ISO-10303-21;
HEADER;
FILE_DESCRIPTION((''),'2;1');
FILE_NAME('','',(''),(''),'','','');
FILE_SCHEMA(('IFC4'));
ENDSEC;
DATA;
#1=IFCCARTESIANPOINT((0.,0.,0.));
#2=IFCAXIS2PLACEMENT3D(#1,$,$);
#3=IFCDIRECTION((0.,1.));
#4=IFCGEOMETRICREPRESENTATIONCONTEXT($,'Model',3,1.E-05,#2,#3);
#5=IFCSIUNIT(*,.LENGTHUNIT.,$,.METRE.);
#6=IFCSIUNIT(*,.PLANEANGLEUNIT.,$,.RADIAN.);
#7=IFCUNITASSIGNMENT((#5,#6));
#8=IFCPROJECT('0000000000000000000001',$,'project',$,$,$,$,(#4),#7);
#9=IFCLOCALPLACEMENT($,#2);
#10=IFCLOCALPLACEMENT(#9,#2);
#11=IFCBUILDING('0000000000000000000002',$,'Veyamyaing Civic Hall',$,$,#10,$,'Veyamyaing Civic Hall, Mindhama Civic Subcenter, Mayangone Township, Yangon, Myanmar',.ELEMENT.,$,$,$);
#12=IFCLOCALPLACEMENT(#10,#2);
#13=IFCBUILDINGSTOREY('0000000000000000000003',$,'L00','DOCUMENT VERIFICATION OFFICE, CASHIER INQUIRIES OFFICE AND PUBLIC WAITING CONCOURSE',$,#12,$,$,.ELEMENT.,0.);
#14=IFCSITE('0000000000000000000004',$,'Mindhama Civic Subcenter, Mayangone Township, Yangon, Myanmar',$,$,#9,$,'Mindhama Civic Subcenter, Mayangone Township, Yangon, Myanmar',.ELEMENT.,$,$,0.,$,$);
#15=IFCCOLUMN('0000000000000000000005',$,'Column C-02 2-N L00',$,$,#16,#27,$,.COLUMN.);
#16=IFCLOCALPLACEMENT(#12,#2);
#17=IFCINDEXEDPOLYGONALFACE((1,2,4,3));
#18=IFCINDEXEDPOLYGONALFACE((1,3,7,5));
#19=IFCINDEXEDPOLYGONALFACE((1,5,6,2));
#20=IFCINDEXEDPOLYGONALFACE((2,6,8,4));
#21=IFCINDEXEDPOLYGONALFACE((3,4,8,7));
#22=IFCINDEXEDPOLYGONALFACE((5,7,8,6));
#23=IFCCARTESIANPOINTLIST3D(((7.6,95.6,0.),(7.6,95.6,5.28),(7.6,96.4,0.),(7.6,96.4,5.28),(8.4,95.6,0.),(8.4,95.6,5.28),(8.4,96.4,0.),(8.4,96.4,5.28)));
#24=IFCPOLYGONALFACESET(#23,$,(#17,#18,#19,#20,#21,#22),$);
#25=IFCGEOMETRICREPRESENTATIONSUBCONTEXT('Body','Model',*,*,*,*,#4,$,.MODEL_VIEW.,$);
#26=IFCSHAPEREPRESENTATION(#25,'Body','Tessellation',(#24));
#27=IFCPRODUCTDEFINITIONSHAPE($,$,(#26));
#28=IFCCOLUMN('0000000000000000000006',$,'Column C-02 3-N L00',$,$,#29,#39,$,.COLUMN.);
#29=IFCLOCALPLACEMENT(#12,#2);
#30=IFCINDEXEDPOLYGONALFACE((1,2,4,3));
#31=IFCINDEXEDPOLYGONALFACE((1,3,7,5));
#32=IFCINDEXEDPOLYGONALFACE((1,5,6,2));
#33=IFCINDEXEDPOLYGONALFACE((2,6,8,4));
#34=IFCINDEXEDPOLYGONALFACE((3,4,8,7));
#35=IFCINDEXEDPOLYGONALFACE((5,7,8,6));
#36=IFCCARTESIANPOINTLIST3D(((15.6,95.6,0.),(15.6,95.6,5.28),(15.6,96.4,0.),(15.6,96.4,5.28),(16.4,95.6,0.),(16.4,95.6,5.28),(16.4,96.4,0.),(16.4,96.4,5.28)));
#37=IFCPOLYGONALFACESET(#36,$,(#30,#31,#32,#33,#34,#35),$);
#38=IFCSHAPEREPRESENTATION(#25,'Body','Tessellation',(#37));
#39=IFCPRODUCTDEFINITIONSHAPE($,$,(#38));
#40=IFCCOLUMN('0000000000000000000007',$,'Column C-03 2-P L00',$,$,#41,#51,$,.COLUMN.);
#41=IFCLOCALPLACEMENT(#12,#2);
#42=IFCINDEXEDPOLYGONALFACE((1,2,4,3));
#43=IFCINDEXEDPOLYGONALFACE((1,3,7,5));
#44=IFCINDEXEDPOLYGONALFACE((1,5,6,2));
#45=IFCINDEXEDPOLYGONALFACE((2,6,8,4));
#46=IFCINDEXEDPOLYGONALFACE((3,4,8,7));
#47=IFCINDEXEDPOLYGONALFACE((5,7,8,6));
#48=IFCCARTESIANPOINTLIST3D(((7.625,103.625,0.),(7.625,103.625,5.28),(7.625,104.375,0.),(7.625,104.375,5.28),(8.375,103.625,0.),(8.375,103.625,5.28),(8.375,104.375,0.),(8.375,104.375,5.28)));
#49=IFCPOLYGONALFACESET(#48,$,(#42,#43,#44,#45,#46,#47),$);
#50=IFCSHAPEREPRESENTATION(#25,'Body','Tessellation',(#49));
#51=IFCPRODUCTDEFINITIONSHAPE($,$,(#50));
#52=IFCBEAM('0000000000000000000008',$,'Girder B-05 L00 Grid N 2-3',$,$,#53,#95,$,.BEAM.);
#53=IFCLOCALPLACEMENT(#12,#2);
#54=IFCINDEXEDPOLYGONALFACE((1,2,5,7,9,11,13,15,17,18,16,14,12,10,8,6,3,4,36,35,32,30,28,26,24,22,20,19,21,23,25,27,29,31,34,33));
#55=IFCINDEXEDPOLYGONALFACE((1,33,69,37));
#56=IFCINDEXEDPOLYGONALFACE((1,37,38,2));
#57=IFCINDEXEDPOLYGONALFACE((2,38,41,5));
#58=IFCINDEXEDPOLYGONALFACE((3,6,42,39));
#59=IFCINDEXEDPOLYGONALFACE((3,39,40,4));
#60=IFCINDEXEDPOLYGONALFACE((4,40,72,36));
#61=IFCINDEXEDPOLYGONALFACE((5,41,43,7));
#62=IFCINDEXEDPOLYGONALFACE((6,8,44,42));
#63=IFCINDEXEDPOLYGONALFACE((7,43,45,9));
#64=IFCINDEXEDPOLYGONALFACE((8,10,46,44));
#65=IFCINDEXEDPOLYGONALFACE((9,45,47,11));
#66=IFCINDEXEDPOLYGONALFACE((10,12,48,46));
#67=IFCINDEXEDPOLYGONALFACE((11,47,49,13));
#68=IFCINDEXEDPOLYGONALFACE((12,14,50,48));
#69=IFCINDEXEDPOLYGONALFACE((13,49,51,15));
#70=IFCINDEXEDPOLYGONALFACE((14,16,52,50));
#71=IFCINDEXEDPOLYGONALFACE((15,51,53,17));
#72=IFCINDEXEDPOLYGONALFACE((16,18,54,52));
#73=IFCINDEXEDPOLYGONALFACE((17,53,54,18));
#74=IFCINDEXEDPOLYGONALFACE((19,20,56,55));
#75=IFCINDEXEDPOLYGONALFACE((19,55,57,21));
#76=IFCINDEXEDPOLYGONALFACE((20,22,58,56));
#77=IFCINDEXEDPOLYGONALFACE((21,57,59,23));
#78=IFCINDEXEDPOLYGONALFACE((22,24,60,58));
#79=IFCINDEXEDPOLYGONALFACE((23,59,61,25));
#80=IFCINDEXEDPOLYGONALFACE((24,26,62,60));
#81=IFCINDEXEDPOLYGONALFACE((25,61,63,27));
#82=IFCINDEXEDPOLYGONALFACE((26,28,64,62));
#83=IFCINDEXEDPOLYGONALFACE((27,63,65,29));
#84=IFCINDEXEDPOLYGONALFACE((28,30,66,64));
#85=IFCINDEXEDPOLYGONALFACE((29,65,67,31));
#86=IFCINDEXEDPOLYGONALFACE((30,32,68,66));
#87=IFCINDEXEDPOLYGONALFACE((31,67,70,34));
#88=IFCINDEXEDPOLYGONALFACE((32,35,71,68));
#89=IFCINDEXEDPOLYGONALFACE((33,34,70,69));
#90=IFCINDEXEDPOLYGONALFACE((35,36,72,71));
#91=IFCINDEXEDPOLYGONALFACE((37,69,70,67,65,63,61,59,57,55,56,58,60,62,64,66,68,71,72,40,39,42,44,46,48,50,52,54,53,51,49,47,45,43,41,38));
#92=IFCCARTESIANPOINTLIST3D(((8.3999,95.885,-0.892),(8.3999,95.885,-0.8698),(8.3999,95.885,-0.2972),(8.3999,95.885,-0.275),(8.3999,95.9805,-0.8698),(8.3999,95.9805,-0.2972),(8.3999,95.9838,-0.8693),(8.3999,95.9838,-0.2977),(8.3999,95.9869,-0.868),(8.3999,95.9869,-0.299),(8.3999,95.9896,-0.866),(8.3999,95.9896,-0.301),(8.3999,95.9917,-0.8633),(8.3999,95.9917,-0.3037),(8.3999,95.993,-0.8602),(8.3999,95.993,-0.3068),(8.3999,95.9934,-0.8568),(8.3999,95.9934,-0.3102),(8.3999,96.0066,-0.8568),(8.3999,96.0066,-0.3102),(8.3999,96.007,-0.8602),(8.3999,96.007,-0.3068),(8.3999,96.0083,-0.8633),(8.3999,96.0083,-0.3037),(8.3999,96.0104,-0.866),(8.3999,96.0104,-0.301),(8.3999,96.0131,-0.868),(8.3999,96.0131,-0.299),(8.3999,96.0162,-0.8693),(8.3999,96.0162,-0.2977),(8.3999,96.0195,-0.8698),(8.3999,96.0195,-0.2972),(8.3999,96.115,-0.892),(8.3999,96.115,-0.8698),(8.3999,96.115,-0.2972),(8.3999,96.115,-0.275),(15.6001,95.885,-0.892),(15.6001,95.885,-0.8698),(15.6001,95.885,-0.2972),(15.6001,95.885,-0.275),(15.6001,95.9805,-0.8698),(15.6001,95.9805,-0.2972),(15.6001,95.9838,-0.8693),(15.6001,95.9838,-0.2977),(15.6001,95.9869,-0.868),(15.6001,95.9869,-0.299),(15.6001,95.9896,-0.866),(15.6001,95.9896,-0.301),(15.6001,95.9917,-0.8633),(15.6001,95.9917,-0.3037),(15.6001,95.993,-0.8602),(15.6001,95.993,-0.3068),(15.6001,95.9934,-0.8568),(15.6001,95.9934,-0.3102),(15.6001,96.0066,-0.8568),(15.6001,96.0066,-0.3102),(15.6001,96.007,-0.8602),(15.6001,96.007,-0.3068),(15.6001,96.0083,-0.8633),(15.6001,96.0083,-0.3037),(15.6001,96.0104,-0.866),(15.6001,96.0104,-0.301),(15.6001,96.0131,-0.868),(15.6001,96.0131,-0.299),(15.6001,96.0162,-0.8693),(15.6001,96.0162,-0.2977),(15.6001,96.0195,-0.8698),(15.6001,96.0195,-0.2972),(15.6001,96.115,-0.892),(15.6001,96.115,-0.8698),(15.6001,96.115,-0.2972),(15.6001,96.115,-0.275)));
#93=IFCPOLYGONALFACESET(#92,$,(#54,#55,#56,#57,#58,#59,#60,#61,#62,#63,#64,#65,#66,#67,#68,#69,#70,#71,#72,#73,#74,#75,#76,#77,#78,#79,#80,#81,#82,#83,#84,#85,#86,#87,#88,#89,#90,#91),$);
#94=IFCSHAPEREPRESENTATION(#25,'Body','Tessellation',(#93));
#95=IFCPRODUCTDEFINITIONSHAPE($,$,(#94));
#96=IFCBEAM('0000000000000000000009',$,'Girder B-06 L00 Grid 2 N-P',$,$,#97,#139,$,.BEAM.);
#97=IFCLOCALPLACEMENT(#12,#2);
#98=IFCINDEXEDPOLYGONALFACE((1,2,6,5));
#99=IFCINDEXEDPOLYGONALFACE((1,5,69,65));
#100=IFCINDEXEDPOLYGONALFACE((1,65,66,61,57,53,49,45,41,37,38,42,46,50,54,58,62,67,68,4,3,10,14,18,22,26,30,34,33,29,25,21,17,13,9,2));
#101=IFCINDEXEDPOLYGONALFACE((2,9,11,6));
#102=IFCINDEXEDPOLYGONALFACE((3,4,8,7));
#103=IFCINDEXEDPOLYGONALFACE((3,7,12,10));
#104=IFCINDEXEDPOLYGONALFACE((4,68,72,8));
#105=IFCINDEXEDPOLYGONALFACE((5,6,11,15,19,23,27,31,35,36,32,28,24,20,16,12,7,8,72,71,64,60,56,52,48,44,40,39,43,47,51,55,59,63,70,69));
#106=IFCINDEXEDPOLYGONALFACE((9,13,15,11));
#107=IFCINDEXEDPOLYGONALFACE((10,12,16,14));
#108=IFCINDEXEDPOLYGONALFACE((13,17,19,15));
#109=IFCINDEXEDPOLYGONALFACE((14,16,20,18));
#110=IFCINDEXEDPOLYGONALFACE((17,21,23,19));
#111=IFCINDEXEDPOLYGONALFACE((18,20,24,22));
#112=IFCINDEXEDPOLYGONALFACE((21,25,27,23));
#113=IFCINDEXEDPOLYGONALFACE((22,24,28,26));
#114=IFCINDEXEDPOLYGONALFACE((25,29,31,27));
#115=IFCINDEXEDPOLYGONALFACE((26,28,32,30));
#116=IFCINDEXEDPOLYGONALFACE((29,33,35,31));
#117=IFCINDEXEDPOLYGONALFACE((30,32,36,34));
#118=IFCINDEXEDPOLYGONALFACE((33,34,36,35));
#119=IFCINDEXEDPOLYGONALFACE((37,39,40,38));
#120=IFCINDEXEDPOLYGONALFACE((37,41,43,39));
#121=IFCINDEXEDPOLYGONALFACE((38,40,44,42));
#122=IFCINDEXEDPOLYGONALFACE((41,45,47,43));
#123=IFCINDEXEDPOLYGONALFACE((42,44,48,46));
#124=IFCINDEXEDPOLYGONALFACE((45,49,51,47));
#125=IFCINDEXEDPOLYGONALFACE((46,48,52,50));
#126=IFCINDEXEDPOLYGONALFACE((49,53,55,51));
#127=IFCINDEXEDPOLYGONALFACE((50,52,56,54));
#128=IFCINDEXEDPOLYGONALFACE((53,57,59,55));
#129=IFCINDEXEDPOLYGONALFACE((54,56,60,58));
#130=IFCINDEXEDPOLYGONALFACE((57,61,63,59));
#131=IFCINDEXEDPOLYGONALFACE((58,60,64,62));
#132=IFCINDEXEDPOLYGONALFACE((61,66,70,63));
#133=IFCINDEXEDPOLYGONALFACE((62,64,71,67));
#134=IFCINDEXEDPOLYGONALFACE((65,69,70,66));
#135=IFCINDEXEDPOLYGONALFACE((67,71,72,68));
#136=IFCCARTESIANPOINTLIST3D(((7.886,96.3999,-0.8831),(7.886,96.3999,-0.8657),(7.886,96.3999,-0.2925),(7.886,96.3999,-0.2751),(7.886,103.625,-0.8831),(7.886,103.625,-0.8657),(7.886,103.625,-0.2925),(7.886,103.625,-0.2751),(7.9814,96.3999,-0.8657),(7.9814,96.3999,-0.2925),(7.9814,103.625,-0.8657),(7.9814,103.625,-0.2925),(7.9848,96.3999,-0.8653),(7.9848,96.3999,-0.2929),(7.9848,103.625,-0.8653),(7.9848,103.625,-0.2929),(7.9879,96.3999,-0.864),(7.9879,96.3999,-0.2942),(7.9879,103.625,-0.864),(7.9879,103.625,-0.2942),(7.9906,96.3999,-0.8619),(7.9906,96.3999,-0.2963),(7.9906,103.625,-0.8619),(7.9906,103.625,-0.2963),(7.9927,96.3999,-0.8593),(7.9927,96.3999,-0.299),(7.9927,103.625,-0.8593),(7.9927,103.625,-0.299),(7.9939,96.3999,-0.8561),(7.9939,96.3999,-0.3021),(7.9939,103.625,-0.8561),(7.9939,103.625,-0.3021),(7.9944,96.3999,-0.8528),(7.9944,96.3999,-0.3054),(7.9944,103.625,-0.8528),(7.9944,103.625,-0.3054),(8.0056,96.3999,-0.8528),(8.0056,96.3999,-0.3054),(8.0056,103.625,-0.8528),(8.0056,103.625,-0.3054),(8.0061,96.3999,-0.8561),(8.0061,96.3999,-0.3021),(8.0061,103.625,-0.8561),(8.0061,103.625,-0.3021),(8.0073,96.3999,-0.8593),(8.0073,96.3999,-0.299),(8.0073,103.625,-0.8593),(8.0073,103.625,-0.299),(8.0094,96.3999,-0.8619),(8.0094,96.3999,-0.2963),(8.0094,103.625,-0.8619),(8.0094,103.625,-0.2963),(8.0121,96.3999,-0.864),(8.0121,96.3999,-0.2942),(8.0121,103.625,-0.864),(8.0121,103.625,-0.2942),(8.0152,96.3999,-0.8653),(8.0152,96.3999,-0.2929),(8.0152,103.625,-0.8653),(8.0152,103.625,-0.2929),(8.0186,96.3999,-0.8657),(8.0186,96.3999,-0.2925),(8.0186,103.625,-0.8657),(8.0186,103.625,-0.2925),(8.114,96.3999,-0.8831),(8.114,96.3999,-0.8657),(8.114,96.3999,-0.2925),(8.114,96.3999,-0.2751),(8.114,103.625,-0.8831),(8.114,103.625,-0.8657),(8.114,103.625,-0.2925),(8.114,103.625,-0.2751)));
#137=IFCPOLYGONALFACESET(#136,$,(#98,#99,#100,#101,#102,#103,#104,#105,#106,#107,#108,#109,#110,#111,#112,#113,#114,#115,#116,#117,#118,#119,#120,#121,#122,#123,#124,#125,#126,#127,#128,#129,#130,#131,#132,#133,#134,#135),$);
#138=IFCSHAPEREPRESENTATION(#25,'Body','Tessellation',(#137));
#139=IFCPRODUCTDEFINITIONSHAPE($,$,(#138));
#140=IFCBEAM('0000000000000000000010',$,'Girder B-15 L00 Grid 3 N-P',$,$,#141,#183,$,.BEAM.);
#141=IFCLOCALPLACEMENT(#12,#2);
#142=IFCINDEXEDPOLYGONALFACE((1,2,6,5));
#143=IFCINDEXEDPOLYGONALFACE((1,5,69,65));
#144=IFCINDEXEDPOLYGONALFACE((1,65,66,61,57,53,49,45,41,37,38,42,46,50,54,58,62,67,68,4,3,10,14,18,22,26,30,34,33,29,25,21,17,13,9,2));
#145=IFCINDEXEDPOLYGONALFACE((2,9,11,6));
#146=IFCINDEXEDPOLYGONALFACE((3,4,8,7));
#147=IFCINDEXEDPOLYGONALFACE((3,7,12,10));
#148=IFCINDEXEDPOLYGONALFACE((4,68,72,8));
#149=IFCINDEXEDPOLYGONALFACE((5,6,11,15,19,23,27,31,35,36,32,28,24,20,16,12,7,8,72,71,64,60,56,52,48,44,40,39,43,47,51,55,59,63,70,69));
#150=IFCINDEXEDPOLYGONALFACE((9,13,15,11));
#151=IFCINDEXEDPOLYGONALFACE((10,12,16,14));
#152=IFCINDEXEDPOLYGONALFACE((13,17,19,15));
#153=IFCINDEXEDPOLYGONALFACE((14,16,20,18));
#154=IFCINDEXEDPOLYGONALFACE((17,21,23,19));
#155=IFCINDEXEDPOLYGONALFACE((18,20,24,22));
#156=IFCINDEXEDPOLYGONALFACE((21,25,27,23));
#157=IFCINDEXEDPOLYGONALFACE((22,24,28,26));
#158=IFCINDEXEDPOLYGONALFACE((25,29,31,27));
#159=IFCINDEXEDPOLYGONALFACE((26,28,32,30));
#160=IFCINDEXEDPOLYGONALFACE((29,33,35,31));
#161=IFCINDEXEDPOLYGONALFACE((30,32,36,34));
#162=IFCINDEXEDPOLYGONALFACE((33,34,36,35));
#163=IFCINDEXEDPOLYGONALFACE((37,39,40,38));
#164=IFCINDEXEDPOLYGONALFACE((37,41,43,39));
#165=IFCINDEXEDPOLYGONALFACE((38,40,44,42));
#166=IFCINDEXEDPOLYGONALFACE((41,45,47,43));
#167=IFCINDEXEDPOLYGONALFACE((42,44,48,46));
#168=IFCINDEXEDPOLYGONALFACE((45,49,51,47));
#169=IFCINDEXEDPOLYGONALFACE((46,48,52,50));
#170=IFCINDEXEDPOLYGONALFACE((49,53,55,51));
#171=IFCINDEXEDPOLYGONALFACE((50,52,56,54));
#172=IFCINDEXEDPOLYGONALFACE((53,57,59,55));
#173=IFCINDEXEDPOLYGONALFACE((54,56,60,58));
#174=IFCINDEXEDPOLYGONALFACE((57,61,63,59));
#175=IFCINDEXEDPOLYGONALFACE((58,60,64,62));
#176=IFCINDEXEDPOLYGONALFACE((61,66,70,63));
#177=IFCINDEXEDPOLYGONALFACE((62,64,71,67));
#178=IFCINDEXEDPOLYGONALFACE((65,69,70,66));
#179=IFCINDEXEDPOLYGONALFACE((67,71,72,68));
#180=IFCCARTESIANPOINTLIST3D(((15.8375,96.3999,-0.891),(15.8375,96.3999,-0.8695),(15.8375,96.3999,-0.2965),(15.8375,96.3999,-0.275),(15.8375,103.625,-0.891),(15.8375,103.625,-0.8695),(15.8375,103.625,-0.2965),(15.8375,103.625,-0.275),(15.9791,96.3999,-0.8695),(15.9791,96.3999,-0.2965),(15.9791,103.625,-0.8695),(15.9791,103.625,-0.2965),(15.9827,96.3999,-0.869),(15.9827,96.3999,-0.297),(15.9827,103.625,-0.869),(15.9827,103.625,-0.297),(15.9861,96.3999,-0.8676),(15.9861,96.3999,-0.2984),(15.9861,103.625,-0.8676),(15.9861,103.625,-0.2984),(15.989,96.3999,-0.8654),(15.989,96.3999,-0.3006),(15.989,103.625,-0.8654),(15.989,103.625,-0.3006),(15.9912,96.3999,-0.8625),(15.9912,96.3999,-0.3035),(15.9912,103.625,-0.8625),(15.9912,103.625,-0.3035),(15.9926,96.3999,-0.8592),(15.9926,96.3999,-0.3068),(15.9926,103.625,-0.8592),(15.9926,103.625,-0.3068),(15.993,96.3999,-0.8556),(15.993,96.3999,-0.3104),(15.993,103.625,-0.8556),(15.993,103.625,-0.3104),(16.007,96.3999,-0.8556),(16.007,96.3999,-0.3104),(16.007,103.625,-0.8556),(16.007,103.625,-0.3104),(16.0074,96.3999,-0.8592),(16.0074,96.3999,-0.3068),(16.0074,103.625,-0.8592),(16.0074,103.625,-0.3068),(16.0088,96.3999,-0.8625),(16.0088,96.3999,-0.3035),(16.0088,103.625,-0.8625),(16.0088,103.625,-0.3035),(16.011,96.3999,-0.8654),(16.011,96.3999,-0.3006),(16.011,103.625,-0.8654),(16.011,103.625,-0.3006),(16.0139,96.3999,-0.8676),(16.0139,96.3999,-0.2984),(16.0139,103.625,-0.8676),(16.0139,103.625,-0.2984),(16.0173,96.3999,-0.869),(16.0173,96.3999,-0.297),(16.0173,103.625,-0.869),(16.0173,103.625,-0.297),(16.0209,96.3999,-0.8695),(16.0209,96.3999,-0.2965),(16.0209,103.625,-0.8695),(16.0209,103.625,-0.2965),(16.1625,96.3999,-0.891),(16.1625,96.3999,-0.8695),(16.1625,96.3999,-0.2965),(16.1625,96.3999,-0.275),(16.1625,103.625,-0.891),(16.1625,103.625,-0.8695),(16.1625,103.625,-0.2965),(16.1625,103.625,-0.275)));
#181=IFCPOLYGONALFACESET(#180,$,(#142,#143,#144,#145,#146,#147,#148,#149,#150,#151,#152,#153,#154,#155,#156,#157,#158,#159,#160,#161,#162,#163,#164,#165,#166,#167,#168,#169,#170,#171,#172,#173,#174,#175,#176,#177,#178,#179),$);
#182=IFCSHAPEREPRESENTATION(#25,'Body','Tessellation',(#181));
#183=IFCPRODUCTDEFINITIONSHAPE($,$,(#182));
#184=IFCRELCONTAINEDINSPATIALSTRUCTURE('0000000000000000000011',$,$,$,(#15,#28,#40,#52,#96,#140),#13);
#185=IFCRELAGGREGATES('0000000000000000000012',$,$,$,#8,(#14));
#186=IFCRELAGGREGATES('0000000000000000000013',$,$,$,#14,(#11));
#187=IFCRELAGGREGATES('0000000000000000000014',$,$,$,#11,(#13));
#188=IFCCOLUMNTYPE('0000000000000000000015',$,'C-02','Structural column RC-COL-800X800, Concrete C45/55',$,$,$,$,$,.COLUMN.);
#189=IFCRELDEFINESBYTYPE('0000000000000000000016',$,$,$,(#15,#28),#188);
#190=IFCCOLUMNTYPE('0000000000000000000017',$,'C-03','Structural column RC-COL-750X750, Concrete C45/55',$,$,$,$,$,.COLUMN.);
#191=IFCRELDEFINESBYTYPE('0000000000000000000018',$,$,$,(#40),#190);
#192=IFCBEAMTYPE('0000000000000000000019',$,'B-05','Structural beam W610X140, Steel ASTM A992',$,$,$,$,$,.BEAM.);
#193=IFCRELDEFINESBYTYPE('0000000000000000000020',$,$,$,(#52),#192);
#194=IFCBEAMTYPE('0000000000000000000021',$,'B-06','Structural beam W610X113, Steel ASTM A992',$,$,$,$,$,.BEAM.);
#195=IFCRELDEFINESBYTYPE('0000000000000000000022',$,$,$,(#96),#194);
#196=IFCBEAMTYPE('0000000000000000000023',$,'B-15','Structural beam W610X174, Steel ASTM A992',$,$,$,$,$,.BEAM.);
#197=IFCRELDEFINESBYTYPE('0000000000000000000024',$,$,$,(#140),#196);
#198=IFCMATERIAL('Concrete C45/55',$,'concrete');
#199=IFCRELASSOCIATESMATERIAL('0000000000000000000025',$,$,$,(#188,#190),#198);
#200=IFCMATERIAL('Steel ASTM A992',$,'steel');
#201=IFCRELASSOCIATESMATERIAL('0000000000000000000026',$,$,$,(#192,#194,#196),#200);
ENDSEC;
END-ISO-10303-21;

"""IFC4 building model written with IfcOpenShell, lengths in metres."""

from ifc_helpers import new_model, si_unit, direction, frame, origin, origin_2d, place, context, subcontext, project, spatial, rectangle, i_section, extrude, material, material_profile, profile_set, type_object, element, save


model = new_model("IFC4")

# Units and contexts
model_context = context("Model", 3, precision=1e-05, world=origin(), true_north=direction((0.0, 1.0)))
body_context = subcontext(model_context, "Body", "Model", "MODEL_VIEW")
ifc_project = project(units=[si_unit("LENGTHUNIT", "METRE"), si_unit("PLANEANGLEUNIT", "RADIAN")], contexts=[model_context])

# Site, building, storey
site_placement = place(None, origin())
site = spatial("IfcSite", under=ifc_project, at=site_placement, Name="Mindhama Civic Subcenter, Mayangone Township, Yangon, Myanmar", LongName="Mindhama Civic Subcenter, Mayangone Township, Yangon, Myanmar", CompositionType="ELEMENT", RefElevation=0.0)
building_placement = place(site_placement, origin())
building = spatial("IfcBuilding", under=site, at=building_placement, Name="Veyamyaing Civic Hall", LongName="Veyamyaing Civic Hall, Mindhama Civic Subcenter, Mayangone Township, Yangon, Myanmar", CompositionType="ELEMENT")
storey_placement = place(building_placement, origin())
storey = spatial("IfcBuildingStorey", under=building, at=storey_placement, Name="L00", Description="DOCUMENT VERIFICATION OFFICE, CASHIER INQUIRIES OFFICE AND PUBLIC WAITING CONCOURSE", CompositionType="ELEMENT", Elevation=0.0)

# Columns
ifc_material_1 = material(Name="Concrete C45/55", Category="concrete")
ifc_material_profile_1 = material_profile(ifc_material_1, rectangle(XDim=0.8, YDim=0.8, at=origin_2d()), Name="RC-COL-800X800")
ifc_profile_set_1 = profile_set([ifc_material_profile_1], Name="Concrete C45/55")
column_type_1 = type_object("IfcColumnType", Name="C-02", Description="Structural column RC-COL-800X800, Concrete C45/55", PredefinedType="COLUMN", material=ifc_profile_set_1)
for number, where, z_axis, x_axis, name in (
    (1, (8.0, 96.0, 0.0), (0.0, 0.0, 1.0), (1.0, 0.0, 0.0), "Column C-02 2-N L00"),
    (2, (16.0, 96.0, 0.0), (0.0, 0.0, 1.0), (1.0, 0.0, 0.0), "Column C-02 3-N L00"),
):
    element("IfcColumn", number, at=place(storey_placement, frame(where, z_axis=z_axis, x_axis=x_axis)), inside=storey, type_object=column_type_1, Name=name, PredefinedType="COLUMN", context=body_context, shape_type="SweptSolid", body=[
        extrude(rectangle(XDim=0.8, YDim=0.8, at=origin_2d()), origin(), (0.0, 0.0, 1.0), 5.28),
    ])
ifc_material_profile_2 = material_profile(ifc_material_1, rectangle(XDim=0.75, YDim=0.75, at=origin_2d()), Name="RC-COL-750X750")
ifc_profile_set_2 = profile_set([ifc_material_profile_2], Name="Concrete C45/55")
column_type_2 = type_object("IfcColumnType", Name="C-03", Description="Structural column RC-COL-750X750, Concrete C45/55", PredefinedType="COLUMN", material=ifc_profile_set_2)
column_placement = place(storey_placement, frame((8.0, 104.0, 0.0), z_axis=(0.0, 0.0, 1.0), x_axis=(1.0, 0.0, 0.0)))
element("IfcColumn", 3, at=column_placement, inside=storey, type_object=column_type_2, Name="Column C-03 2-P L00", PredefinedType="COLUMN", context=body_context, shape_type="SweptSolid", body=[
    extrude(rectangle(XDim=0.75, YDim=0.75, at=origin_2d()), origin(), (0.0, 0.0, 1.0), 5.28),
])

# Beams
ifc_material_2 = material(Name="Steel ASTM A992", Category="steel")
ifc_material_profile_3 = material_profile(ifc_material_2, i_section(OverallWidth=0.23, OverallDepth=0.6169, WebThickness=0.0132, FlangeThickness=0.0222, FilletRadius=0.0129, at=origin_2d()), Name="W610X140")
ifc_profile_set_3 = profile_set([ifc_material_profile_3], Name="Steel ASTM A992")
beam_type_1 = type_object("IfcBeamType", Name="B-05", Description="Structural beam W610X140, Steel ASTM A992", PredefinedType="BEAM", material=ifc_profile_set_3)
beam_1_placement = place(storey_placement, frame((8.3999, 96.0, -0.5835), z_axis=(1.0, 0.0, 0.0), x_axis=(0.0, 1.0, 0.0)))
element("IfcBeam", 4, at=beam_1_placement, inside=storey, type_object=beam_type_1, Name="Girder B-05 L00 Grid N 2-3", PredefinedType="BEAM", context=body_context, shape_type="SweptSolid", body=[
    extrude(i_section(OverallWidth=0.23, OverallDepth=0.6169, WebThickness=0.0132, FlangeThickness=0.0222, FilletRadius=0.0129, at=origin_2d()), origin(), (0.0, 0.0, 1.0), 7.2002),
])
ifc_material_profile_4 = material_profile(ifc_material_2, i_section(OverallWidth=0.228, OverallDepth=0.6079, WebThickness=0.0112, FlangeThickness=0.0173, FilletRadius=0.0129, at=origin_2d()), Name="W610X113")
ifc_profile_set_4 = profile_set([ifc_material_profile_4], Name="Steel ASTM A992")
beam_type_2 = type_object("IfcBeamType", Name="B-06", Description="Structural beam W610X113, Steel ASTM A992", PredefinedType="BEAM", material=ifc_profile_set_4)
beam_2_placement = place(storey_placement, frame((8.0, 96.3999, -0.5791), z_axis=(0.0, 1.0, 0.0), x_axis=(-1.0, 0.0, 0.0)))
element("IfcBeam", 5, at=beam_2_placement, inside=storey, type_object=beam_type_2, Name="Girder B-06 L00 Grid 2 N-P", PredefinedType="BEAM", context=body_context, shape_type="SweptSolid", body=[
    extrude(i_section(OverallWidth=0.228, OverallDepth=0.6079, WebThickness=0.0112, FlangeThickness=0.0173, FilletRadius=0.0129, at=origin_2d()), origin(), (0.0, 0.0, 1.0), 7.2251),
])
ifc_material_profile_5 = material_profile(ifc_material_2, i_section(OverallWidth=0.325, OverallDepth=0.616, WebThickness=0.0139, FlangeThickness=0.0215, FilletRadius=0.0139, at=origin_2d()), Name="W610X174")
ifc_profile_set_5 = profile_set([ifc_material_profile_5], Name="Steel ASTM A992")
beam_type_3 = type_object("IfcBeamType", Name="B-15", Description="Structural beam W610X174, Steel ASTM A992", PredefinedType="BEAM", material=ifc_profile_set_5)
beam_3_placement = place(storey_placement, frame((16.0, 96.3999, -0.583), z_axis=(0.0, 1.0, 0.0), x_axis=(-1.0, 0.0, 0.0)))
element("IfcBeam", 6, at=beam_3_placement, inside=storey, type_object=beam_type_3, Name="Girder B-15 L00 Grid 3 N-P", PredefinedType="BEAM", context=body_context, shape_type="SweptSolid", body=[
    extrude(i_section(OverallWidth=0.325, OverallDepth=0.616, WebThickness=0.0139, FlangeThickness=0.0215, FilletRadius=0.0139, at=origin_2d()), origin(), (0.0, 0.0, 1.0), 7.2251),
])

save(model, "model.ifc")
